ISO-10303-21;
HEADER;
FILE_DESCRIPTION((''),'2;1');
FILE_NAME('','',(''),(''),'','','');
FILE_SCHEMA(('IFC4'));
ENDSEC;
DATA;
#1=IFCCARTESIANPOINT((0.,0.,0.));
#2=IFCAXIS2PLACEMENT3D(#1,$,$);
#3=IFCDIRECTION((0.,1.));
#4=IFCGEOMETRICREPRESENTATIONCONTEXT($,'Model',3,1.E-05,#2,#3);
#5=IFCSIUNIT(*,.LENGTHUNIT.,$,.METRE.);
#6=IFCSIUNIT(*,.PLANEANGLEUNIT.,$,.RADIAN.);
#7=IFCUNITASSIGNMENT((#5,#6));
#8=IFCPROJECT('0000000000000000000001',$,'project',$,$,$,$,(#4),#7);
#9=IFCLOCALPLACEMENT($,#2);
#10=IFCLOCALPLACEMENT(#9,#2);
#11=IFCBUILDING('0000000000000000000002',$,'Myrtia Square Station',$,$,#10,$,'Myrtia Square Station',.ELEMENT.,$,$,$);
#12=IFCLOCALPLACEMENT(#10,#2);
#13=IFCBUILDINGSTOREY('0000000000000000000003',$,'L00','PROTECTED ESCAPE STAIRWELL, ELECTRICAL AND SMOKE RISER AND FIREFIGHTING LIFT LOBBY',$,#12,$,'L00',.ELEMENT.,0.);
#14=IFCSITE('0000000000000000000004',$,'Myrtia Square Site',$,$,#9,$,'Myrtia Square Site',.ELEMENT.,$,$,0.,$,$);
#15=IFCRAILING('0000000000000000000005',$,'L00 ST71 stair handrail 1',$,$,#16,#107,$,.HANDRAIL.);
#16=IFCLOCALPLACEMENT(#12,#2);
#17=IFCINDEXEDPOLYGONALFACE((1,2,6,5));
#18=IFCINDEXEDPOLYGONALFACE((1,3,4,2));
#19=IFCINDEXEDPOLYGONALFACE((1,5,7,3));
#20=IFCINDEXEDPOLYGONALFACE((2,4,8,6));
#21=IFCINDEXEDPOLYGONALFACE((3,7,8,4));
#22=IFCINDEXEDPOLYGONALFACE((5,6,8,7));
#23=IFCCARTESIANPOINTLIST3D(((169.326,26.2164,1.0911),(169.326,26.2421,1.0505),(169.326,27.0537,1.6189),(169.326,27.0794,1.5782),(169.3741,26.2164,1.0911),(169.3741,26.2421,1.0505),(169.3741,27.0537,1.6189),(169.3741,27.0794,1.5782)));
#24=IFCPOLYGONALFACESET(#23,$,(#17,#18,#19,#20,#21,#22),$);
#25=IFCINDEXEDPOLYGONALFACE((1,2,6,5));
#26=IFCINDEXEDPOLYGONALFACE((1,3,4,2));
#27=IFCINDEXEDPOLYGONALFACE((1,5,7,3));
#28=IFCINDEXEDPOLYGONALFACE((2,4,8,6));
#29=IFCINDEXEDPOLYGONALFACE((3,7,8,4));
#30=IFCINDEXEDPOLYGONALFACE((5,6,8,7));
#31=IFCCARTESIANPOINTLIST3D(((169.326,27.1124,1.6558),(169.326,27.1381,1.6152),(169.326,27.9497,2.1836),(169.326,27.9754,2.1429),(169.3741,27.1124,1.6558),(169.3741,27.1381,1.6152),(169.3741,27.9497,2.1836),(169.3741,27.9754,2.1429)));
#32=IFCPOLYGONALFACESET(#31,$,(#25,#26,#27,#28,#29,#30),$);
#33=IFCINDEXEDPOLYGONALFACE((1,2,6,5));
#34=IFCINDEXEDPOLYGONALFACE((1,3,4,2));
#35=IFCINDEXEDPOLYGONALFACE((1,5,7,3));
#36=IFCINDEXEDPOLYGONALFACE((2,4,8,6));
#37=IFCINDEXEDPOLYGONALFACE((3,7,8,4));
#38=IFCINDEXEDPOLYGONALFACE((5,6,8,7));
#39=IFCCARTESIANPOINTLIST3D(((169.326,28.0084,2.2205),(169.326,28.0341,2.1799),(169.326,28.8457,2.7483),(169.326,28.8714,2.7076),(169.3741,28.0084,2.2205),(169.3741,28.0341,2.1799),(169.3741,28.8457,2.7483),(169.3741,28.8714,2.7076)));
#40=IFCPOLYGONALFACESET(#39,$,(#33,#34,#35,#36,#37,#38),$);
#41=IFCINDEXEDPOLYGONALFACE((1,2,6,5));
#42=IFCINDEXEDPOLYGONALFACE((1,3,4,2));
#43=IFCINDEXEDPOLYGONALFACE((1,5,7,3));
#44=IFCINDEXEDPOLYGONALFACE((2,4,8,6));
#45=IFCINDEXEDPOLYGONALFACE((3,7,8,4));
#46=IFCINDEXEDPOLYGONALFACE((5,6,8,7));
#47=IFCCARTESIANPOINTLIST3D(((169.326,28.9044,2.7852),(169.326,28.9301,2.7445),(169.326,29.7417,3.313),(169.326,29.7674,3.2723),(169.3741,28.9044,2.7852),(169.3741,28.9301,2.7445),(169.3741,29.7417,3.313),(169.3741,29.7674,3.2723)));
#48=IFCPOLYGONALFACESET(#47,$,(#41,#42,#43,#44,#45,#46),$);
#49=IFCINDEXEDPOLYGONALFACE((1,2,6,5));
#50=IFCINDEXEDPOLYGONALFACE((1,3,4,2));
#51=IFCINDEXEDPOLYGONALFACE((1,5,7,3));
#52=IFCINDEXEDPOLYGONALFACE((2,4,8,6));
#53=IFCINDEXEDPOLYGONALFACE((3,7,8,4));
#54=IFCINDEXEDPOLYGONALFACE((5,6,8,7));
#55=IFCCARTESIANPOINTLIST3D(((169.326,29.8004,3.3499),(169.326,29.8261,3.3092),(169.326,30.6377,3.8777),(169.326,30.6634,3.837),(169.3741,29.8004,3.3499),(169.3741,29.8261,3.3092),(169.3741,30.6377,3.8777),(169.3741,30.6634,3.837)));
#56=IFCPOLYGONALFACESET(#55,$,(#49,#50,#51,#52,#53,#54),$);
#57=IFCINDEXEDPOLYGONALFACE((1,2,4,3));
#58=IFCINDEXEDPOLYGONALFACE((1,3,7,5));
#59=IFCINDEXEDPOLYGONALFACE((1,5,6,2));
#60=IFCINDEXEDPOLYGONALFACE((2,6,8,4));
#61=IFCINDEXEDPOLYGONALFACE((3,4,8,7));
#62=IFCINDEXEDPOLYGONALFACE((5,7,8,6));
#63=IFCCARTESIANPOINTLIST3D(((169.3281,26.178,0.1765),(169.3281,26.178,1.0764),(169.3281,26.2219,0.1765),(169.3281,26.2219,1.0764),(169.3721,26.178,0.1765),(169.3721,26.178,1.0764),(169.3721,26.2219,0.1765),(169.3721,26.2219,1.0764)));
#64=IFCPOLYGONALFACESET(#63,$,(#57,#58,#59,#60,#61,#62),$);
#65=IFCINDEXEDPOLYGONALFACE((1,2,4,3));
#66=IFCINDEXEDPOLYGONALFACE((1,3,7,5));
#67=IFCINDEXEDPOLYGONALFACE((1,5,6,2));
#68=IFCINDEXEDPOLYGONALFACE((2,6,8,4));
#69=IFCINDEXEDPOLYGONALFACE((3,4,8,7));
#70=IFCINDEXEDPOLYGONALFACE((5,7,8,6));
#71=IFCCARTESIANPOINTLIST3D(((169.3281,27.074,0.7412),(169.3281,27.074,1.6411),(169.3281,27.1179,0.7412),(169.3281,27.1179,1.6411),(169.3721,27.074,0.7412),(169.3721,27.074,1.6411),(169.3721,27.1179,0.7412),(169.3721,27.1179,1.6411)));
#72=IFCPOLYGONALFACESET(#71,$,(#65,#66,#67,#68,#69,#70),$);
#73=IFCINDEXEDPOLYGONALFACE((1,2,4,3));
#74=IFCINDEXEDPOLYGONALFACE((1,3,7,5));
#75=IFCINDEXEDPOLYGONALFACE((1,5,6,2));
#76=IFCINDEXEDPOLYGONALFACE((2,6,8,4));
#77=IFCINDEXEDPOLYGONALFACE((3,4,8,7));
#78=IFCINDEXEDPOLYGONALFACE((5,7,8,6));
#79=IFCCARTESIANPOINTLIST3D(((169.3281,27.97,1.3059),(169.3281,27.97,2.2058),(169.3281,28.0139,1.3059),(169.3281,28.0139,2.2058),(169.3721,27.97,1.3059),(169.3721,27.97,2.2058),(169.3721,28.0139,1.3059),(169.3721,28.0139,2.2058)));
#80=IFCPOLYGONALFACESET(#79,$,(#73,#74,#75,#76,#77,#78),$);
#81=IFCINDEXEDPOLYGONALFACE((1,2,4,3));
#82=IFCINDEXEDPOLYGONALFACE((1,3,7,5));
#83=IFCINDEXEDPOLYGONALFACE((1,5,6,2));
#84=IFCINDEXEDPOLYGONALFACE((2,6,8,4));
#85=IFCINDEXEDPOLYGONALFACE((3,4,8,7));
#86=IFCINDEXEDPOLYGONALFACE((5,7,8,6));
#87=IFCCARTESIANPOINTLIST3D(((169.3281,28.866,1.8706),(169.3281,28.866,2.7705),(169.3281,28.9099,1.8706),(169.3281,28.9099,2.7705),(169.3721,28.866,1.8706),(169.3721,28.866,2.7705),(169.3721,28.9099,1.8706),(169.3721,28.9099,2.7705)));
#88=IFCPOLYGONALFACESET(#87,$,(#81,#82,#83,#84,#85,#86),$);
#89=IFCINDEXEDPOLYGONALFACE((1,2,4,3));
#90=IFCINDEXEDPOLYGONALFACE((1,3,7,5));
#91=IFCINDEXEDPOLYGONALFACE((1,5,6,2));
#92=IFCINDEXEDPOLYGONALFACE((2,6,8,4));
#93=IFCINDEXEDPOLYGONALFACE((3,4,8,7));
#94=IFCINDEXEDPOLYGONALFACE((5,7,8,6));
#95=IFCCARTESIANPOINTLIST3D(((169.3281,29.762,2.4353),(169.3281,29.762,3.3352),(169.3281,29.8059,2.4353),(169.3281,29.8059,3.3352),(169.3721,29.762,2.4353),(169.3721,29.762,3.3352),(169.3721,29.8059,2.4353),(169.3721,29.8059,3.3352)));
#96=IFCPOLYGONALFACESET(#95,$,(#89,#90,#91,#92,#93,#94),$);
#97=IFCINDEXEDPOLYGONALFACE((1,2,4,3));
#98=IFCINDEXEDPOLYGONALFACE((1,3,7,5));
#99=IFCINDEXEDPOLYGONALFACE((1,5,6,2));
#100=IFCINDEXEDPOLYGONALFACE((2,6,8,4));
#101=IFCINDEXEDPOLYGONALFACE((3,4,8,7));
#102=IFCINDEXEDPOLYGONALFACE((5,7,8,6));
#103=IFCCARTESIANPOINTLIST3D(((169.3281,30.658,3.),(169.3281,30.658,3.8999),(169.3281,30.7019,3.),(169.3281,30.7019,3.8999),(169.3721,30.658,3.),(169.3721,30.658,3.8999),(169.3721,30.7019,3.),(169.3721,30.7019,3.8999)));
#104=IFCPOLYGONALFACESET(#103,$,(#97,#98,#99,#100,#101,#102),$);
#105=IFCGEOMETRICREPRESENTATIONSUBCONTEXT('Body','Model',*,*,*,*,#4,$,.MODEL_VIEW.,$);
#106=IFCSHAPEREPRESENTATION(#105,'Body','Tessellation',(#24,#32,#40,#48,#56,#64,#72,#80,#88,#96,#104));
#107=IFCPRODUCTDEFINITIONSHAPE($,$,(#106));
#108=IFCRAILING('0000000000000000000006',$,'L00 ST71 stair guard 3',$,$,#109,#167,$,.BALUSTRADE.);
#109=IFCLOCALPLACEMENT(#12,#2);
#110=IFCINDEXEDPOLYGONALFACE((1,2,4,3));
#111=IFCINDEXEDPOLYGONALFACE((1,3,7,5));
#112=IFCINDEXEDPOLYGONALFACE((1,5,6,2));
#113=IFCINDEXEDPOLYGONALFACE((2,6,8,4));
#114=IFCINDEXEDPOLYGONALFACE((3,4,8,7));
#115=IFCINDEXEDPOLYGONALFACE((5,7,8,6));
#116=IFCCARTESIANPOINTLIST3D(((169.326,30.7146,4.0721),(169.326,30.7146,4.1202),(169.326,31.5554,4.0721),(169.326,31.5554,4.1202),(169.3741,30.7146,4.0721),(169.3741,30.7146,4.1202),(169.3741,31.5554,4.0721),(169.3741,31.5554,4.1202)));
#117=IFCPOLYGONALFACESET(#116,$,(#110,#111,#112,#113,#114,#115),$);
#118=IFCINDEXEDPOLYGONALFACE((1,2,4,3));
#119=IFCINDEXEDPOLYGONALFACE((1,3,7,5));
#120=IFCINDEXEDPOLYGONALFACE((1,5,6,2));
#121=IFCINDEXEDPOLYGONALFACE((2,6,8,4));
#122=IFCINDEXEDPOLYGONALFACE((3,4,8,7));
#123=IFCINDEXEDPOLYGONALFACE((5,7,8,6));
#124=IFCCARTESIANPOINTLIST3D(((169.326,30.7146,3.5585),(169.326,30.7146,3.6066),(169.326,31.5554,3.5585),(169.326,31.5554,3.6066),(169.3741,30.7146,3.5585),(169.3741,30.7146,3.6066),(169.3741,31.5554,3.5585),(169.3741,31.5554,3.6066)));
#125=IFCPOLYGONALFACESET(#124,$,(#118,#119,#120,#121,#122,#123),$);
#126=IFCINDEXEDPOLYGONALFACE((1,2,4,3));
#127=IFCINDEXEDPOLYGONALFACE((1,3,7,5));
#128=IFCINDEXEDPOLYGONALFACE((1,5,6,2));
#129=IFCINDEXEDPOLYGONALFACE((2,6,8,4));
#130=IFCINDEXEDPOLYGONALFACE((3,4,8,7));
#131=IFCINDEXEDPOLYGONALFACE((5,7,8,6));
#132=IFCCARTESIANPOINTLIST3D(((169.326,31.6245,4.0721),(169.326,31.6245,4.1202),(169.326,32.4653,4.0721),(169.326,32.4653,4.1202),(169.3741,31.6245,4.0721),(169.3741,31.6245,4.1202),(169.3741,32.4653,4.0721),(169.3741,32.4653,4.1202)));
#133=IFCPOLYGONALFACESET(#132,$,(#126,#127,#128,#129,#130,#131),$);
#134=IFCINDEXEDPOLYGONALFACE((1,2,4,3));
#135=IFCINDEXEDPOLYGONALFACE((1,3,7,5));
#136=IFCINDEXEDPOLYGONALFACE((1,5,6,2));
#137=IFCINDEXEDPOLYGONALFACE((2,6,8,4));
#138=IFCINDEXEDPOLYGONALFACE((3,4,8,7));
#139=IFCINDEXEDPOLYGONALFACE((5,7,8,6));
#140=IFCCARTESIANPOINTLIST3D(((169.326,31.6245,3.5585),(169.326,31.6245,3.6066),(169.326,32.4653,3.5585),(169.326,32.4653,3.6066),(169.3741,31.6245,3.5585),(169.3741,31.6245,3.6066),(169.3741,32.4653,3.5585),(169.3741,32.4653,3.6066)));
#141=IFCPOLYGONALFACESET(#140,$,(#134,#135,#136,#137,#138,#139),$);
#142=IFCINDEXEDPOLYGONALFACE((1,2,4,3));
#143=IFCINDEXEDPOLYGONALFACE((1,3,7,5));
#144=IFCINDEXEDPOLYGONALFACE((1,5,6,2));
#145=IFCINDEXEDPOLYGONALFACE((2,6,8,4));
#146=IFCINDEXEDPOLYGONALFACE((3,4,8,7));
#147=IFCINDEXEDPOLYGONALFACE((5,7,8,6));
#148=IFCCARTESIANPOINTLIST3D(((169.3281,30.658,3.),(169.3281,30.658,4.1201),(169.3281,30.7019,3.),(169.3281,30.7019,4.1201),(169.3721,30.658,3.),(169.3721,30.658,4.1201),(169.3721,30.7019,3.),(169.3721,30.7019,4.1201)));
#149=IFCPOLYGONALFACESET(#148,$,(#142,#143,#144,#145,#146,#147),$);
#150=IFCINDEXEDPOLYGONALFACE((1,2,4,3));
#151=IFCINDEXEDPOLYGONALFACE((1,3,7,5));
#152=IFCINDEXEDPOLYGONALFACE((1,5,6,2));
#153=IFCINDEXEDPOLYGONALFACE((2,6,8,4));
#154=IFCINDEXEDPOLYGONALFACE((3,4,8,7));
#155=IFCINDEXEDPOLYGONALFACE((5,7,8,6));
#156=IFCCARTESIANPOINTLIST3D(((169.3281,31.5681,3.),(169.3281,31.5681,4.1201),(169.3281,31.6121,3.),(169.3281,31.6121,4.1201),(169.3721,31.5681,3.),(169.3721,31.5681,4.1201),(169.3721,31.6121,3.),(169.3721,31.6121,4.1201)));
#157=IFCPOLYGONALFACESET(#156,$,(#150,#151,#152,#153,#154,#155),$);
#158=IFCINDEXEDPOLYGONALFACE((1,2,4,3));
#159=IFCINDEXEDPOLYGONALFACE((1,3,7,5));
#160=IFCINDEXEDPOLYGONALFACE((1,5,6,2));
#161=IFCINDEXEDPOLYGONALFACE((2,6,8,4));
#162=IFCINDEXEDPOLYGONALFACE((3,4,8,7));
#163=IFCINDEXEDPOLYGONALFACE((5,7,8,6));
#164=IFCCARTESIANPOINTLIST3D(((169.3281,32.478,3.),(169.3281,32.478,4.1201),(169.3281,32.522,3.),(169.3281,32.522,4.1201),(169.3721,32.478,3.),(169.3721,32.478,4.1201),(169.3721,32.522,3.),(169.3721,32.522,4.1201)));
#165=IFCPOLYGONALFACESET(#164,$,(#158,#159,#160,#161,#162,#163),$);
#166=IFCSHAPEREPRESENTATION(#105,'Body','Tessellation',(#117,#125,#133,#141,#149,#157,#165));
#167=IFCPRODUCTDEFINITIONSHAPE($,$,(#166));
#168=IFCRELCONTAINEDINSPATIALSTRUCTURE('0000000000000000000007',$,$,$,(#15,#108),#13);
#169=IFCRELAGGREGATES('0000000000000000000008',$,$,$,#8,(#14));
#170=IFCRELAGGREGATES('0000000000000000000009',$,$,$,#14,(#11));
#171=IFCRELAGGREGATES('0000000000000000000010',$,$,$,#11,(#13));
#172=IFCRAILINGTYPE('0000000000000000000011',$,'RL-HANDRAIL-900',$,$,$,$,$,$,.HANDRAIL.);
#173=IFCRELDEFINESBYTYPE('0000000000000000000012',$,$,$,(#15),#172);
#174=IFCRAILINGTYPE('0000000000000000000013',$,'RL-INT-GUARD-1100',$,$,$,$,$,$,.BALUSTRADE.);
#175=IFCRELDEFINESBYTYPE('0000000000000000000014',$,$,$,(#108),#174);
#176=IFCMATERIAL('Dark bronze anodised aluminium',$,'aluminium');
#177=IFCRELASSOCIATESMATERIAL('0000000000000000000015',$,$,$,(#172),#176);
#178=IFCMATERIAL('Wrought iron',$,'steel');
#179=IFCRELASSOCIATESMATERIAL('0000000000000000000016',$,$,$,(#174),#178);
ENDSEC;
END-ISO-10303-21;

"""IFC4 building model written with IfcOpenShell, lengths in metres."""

from ifc_helpers import new_model, si_unit, direction, frame, origin, origin_2d, place, context, subcontext, project, spatial, rectangle, extrude, material, type_object, element, save


model = new_model("IFC4")

# Units and contexts
model_context = context("Model", 3, precision=1e-05, world=origin(), true_north=direction((0.0, 1.0)))
body_context = subcontext(model_context, "Body", "Model", "MODEL_VIEW")
ifc_project = project(units=[si_unit("LENGTHUNIT", "METRE"), si_unit("PLANEANGLEUNIT", "RADIAN")], contexts=[model_context])

# Site, building, storey
site_placement = place(None, origin())
site = spatial("IfcSite", under=ifc_project, at=site_placement, Name="Myrtia Square Site", LongName="Myrtia Square Site", CompositionType="ELEMENT", RefElevation=0.0)
building_placement = place(site_placement, origin())
building = spatial("IfcBuilding", under=site, at=building_placement, Name="Myrtia Square Station", LongName="Myrtia Square Station", CompositionType="ELEMENT")
storey_placement = place(building_placement, origin())
storey = spatial("IfcBuildingStorey", under=building, at=storey_placement, Name="L00", Description="PROTECTED ESCAPE STAIRWELL, ELECTRICAL AND SMOKE RISER AND FIREFIGHTING LIFT LOBBY", LongName="L00", CompositionType="ELEMENT", Elevation=0.0)

# Shared definitions
ifc_material_1 = material(Name="Dark bronze anodised aluminium", Category="aluminium")

# Railings
railing_type_1 = type_object("IfcRailingType", Name="RL-HANDRAIL-900", PredefinedType="HANDRAIL", material=ifc_material_1)
railing_1_placement = place(storey_placement, frame((169.3501, 26.2, 0.1765)))
element("IfcRailing", 1, at=railing_1_placement, inside=storey, type_object=railing_type_1, Name="L00 ST71 stair handrail 1", PredefinedType="HANDRAIL", context=body_context, shape_type="SweptSolid", body=[
    extrude(rectangle(XDim=0.0481, YDim=0.0481, at=origin_2d()), frame((0.0, 0.0293, 0.8943), z_axis=(0.0, 0.845998, 0.533186), x_axis=(-1.0, 0.0, 0.0)), (0.0, 0.0, 1.0), 0.9897),
    extrude(rectangle(XDim=0.0481, YDim=0.0481, at=origin_2d()), frame((0.0, 0.9253, 1.459), z_axis=(0.0, 0.845998, 0.533186), x_axis=(-1.0, 0.0, 0.0)), (0.0, 0.0, 1.0), 0.9897),
    extrude(rectangle(XDim=0.0481, YDim=0.0481, at=origin_2d()), frame((0.0, 1.8213, 2.0237), z_axis=(0.0, 0.845998, 0.533186), x_axis=(-1.0, 0.0, 0.0)), (0.0, 0.0, 1.0), 0.9897),
    extrude(rectangle(XDim=0.0481, YDim=0.0481, at=origin_2d()), frame((0.0, 2.7173, 2.5884), z_axis=(0.0, 0.845998, 0.533186), x_axis=(-1.0, 0.0, 0.0)), (0.0, 0.0, 1.0), 0.9897),
    extrude(rectangle(XDim=0.0481, YDim=0.0481, at=origin_2d()), frame((0.0, 3.6133, 3.1531), z_axis=(0.0, 0.845998, 0.533186), x_axis=(-1.0, 0.0, 0.0)), (0.0, 0.0, 1.0), 0.9897),
    extrude(rectangle(XDim=0.0439, YDim=0.0439, at=origin_2d()), origin(), (0.0, 0.0, 1.0), 0.8999),
    extrude(rectangle(XDim=0.0439, YDim=0.0439, at=origin_2d()), frame((0.0, 0.896, 0.5647)), (0.0, 0.0, 1.0), 0.8999),
    extrude(rectangle(XDim=0.0439, YDim=0.0439, at=origin_2d()), frame((0.0, 1.792, 1.1294)), (0.0, 0.0, 1.0), 0.8999),
    extrude(rectangle(XDim=0.0439, YDim=0.0439, at=origin_2d()), frame((0.0, 2.688, 1.6941)), (0.0, 0.0, 1.0), 0.8999),
    extrude(rectangle(XDim=0.0439, YDim=0.0439, at=origin_2d()), frame((0.0, 3.584, 2.2588)), (0.0, 0.0, 1.0), 0.8999),
    extrude(rectangle(XDim=0.0439, YDim=0.0439, at=origin_2d()), frame((0.0, 4.48, 2.8235)), (0.0, 0.0, 1.0), 0.8999),
])
ifc_material_2 = material(Name="Wrought iron", Category="steel")
railing_type_2 = type_object("IfcRailingType", Name="RL-INT-GUARD-1100", PredefinedType="BALUSTRADE", material=ifc_material_2)
railing_2_placement = place(storey_placement, frame((169.3501, 30.6799, 3.0)))
element("IfcRailing", 2, at=railing_2_placement, inside=storey, type_object=railing_type_2, Name="L00 ST71 stair guard 3", PredefinedType="BALUSTRADE", context=body_context, shape_type="SweptSolid", body=[
    extrude(rectangle(XDim=0.0481, YDim=0.0481, at=origin_2d()), frame((0.0, 0.0347, 1.0962), z_axis=(0.0, 1.0, 0.0), x_axis=(-1.0, 0.0, 0.0)), (0.0, 0.0, 1.0), 0.8408),
    extrude(rectangle(XDim=0.0481, YDim=0.0481, at=origin_2d()), frame((0.0, 0.0347, 0.5825), z_axis=(0.0, 1.0, 0.0), x_axis=(-1.0, 0.0, 0.0)), (0.0, 0.0, 1.0), 0.8408),
    extrude(rectangle(XDim=0.0481, YDim=0.0481, at=origin_2d()), frame((0.0, 0.9446, 1.0962), z_axis=(0.0, 1.0, 0.0), x_axis=(-1.0, 0.0, 0.0)), (0.0, 0.0, 1.0), 0.8408),
    extrude(rectangle(XDim=0.0481, YDim=0.0481, at=origin_2d()), frame((0.0, 0.9446, 0.5825), z_axis=(0.0, 1.0, 0.0), x_axis=(-1.0, 0.0, 0.0)), (0.0, 0.0, 1.0), 0.8408),
    extrude(rectangle(XDim=0.0439, YDim=0.0439, at=origin_2d()), origin(), (0.0, 0.0, 1.0), 1.1201),
    extrude(rectangle(XDim=0.0439, YDim=0.0439, at=origin_2d()), frame((0.0, 0.9102, 0.0)), (0.0, 0.0, 1.0), 1.1201),
    extrude(rectangle(XDim=0.0439, YDim=0.0439, at=origin_2d()), frame((0.0, 1.8201, 0.0)), (0.0, 0.0, 1.0), 1.1201),
])

save(model, "model.ifc")
